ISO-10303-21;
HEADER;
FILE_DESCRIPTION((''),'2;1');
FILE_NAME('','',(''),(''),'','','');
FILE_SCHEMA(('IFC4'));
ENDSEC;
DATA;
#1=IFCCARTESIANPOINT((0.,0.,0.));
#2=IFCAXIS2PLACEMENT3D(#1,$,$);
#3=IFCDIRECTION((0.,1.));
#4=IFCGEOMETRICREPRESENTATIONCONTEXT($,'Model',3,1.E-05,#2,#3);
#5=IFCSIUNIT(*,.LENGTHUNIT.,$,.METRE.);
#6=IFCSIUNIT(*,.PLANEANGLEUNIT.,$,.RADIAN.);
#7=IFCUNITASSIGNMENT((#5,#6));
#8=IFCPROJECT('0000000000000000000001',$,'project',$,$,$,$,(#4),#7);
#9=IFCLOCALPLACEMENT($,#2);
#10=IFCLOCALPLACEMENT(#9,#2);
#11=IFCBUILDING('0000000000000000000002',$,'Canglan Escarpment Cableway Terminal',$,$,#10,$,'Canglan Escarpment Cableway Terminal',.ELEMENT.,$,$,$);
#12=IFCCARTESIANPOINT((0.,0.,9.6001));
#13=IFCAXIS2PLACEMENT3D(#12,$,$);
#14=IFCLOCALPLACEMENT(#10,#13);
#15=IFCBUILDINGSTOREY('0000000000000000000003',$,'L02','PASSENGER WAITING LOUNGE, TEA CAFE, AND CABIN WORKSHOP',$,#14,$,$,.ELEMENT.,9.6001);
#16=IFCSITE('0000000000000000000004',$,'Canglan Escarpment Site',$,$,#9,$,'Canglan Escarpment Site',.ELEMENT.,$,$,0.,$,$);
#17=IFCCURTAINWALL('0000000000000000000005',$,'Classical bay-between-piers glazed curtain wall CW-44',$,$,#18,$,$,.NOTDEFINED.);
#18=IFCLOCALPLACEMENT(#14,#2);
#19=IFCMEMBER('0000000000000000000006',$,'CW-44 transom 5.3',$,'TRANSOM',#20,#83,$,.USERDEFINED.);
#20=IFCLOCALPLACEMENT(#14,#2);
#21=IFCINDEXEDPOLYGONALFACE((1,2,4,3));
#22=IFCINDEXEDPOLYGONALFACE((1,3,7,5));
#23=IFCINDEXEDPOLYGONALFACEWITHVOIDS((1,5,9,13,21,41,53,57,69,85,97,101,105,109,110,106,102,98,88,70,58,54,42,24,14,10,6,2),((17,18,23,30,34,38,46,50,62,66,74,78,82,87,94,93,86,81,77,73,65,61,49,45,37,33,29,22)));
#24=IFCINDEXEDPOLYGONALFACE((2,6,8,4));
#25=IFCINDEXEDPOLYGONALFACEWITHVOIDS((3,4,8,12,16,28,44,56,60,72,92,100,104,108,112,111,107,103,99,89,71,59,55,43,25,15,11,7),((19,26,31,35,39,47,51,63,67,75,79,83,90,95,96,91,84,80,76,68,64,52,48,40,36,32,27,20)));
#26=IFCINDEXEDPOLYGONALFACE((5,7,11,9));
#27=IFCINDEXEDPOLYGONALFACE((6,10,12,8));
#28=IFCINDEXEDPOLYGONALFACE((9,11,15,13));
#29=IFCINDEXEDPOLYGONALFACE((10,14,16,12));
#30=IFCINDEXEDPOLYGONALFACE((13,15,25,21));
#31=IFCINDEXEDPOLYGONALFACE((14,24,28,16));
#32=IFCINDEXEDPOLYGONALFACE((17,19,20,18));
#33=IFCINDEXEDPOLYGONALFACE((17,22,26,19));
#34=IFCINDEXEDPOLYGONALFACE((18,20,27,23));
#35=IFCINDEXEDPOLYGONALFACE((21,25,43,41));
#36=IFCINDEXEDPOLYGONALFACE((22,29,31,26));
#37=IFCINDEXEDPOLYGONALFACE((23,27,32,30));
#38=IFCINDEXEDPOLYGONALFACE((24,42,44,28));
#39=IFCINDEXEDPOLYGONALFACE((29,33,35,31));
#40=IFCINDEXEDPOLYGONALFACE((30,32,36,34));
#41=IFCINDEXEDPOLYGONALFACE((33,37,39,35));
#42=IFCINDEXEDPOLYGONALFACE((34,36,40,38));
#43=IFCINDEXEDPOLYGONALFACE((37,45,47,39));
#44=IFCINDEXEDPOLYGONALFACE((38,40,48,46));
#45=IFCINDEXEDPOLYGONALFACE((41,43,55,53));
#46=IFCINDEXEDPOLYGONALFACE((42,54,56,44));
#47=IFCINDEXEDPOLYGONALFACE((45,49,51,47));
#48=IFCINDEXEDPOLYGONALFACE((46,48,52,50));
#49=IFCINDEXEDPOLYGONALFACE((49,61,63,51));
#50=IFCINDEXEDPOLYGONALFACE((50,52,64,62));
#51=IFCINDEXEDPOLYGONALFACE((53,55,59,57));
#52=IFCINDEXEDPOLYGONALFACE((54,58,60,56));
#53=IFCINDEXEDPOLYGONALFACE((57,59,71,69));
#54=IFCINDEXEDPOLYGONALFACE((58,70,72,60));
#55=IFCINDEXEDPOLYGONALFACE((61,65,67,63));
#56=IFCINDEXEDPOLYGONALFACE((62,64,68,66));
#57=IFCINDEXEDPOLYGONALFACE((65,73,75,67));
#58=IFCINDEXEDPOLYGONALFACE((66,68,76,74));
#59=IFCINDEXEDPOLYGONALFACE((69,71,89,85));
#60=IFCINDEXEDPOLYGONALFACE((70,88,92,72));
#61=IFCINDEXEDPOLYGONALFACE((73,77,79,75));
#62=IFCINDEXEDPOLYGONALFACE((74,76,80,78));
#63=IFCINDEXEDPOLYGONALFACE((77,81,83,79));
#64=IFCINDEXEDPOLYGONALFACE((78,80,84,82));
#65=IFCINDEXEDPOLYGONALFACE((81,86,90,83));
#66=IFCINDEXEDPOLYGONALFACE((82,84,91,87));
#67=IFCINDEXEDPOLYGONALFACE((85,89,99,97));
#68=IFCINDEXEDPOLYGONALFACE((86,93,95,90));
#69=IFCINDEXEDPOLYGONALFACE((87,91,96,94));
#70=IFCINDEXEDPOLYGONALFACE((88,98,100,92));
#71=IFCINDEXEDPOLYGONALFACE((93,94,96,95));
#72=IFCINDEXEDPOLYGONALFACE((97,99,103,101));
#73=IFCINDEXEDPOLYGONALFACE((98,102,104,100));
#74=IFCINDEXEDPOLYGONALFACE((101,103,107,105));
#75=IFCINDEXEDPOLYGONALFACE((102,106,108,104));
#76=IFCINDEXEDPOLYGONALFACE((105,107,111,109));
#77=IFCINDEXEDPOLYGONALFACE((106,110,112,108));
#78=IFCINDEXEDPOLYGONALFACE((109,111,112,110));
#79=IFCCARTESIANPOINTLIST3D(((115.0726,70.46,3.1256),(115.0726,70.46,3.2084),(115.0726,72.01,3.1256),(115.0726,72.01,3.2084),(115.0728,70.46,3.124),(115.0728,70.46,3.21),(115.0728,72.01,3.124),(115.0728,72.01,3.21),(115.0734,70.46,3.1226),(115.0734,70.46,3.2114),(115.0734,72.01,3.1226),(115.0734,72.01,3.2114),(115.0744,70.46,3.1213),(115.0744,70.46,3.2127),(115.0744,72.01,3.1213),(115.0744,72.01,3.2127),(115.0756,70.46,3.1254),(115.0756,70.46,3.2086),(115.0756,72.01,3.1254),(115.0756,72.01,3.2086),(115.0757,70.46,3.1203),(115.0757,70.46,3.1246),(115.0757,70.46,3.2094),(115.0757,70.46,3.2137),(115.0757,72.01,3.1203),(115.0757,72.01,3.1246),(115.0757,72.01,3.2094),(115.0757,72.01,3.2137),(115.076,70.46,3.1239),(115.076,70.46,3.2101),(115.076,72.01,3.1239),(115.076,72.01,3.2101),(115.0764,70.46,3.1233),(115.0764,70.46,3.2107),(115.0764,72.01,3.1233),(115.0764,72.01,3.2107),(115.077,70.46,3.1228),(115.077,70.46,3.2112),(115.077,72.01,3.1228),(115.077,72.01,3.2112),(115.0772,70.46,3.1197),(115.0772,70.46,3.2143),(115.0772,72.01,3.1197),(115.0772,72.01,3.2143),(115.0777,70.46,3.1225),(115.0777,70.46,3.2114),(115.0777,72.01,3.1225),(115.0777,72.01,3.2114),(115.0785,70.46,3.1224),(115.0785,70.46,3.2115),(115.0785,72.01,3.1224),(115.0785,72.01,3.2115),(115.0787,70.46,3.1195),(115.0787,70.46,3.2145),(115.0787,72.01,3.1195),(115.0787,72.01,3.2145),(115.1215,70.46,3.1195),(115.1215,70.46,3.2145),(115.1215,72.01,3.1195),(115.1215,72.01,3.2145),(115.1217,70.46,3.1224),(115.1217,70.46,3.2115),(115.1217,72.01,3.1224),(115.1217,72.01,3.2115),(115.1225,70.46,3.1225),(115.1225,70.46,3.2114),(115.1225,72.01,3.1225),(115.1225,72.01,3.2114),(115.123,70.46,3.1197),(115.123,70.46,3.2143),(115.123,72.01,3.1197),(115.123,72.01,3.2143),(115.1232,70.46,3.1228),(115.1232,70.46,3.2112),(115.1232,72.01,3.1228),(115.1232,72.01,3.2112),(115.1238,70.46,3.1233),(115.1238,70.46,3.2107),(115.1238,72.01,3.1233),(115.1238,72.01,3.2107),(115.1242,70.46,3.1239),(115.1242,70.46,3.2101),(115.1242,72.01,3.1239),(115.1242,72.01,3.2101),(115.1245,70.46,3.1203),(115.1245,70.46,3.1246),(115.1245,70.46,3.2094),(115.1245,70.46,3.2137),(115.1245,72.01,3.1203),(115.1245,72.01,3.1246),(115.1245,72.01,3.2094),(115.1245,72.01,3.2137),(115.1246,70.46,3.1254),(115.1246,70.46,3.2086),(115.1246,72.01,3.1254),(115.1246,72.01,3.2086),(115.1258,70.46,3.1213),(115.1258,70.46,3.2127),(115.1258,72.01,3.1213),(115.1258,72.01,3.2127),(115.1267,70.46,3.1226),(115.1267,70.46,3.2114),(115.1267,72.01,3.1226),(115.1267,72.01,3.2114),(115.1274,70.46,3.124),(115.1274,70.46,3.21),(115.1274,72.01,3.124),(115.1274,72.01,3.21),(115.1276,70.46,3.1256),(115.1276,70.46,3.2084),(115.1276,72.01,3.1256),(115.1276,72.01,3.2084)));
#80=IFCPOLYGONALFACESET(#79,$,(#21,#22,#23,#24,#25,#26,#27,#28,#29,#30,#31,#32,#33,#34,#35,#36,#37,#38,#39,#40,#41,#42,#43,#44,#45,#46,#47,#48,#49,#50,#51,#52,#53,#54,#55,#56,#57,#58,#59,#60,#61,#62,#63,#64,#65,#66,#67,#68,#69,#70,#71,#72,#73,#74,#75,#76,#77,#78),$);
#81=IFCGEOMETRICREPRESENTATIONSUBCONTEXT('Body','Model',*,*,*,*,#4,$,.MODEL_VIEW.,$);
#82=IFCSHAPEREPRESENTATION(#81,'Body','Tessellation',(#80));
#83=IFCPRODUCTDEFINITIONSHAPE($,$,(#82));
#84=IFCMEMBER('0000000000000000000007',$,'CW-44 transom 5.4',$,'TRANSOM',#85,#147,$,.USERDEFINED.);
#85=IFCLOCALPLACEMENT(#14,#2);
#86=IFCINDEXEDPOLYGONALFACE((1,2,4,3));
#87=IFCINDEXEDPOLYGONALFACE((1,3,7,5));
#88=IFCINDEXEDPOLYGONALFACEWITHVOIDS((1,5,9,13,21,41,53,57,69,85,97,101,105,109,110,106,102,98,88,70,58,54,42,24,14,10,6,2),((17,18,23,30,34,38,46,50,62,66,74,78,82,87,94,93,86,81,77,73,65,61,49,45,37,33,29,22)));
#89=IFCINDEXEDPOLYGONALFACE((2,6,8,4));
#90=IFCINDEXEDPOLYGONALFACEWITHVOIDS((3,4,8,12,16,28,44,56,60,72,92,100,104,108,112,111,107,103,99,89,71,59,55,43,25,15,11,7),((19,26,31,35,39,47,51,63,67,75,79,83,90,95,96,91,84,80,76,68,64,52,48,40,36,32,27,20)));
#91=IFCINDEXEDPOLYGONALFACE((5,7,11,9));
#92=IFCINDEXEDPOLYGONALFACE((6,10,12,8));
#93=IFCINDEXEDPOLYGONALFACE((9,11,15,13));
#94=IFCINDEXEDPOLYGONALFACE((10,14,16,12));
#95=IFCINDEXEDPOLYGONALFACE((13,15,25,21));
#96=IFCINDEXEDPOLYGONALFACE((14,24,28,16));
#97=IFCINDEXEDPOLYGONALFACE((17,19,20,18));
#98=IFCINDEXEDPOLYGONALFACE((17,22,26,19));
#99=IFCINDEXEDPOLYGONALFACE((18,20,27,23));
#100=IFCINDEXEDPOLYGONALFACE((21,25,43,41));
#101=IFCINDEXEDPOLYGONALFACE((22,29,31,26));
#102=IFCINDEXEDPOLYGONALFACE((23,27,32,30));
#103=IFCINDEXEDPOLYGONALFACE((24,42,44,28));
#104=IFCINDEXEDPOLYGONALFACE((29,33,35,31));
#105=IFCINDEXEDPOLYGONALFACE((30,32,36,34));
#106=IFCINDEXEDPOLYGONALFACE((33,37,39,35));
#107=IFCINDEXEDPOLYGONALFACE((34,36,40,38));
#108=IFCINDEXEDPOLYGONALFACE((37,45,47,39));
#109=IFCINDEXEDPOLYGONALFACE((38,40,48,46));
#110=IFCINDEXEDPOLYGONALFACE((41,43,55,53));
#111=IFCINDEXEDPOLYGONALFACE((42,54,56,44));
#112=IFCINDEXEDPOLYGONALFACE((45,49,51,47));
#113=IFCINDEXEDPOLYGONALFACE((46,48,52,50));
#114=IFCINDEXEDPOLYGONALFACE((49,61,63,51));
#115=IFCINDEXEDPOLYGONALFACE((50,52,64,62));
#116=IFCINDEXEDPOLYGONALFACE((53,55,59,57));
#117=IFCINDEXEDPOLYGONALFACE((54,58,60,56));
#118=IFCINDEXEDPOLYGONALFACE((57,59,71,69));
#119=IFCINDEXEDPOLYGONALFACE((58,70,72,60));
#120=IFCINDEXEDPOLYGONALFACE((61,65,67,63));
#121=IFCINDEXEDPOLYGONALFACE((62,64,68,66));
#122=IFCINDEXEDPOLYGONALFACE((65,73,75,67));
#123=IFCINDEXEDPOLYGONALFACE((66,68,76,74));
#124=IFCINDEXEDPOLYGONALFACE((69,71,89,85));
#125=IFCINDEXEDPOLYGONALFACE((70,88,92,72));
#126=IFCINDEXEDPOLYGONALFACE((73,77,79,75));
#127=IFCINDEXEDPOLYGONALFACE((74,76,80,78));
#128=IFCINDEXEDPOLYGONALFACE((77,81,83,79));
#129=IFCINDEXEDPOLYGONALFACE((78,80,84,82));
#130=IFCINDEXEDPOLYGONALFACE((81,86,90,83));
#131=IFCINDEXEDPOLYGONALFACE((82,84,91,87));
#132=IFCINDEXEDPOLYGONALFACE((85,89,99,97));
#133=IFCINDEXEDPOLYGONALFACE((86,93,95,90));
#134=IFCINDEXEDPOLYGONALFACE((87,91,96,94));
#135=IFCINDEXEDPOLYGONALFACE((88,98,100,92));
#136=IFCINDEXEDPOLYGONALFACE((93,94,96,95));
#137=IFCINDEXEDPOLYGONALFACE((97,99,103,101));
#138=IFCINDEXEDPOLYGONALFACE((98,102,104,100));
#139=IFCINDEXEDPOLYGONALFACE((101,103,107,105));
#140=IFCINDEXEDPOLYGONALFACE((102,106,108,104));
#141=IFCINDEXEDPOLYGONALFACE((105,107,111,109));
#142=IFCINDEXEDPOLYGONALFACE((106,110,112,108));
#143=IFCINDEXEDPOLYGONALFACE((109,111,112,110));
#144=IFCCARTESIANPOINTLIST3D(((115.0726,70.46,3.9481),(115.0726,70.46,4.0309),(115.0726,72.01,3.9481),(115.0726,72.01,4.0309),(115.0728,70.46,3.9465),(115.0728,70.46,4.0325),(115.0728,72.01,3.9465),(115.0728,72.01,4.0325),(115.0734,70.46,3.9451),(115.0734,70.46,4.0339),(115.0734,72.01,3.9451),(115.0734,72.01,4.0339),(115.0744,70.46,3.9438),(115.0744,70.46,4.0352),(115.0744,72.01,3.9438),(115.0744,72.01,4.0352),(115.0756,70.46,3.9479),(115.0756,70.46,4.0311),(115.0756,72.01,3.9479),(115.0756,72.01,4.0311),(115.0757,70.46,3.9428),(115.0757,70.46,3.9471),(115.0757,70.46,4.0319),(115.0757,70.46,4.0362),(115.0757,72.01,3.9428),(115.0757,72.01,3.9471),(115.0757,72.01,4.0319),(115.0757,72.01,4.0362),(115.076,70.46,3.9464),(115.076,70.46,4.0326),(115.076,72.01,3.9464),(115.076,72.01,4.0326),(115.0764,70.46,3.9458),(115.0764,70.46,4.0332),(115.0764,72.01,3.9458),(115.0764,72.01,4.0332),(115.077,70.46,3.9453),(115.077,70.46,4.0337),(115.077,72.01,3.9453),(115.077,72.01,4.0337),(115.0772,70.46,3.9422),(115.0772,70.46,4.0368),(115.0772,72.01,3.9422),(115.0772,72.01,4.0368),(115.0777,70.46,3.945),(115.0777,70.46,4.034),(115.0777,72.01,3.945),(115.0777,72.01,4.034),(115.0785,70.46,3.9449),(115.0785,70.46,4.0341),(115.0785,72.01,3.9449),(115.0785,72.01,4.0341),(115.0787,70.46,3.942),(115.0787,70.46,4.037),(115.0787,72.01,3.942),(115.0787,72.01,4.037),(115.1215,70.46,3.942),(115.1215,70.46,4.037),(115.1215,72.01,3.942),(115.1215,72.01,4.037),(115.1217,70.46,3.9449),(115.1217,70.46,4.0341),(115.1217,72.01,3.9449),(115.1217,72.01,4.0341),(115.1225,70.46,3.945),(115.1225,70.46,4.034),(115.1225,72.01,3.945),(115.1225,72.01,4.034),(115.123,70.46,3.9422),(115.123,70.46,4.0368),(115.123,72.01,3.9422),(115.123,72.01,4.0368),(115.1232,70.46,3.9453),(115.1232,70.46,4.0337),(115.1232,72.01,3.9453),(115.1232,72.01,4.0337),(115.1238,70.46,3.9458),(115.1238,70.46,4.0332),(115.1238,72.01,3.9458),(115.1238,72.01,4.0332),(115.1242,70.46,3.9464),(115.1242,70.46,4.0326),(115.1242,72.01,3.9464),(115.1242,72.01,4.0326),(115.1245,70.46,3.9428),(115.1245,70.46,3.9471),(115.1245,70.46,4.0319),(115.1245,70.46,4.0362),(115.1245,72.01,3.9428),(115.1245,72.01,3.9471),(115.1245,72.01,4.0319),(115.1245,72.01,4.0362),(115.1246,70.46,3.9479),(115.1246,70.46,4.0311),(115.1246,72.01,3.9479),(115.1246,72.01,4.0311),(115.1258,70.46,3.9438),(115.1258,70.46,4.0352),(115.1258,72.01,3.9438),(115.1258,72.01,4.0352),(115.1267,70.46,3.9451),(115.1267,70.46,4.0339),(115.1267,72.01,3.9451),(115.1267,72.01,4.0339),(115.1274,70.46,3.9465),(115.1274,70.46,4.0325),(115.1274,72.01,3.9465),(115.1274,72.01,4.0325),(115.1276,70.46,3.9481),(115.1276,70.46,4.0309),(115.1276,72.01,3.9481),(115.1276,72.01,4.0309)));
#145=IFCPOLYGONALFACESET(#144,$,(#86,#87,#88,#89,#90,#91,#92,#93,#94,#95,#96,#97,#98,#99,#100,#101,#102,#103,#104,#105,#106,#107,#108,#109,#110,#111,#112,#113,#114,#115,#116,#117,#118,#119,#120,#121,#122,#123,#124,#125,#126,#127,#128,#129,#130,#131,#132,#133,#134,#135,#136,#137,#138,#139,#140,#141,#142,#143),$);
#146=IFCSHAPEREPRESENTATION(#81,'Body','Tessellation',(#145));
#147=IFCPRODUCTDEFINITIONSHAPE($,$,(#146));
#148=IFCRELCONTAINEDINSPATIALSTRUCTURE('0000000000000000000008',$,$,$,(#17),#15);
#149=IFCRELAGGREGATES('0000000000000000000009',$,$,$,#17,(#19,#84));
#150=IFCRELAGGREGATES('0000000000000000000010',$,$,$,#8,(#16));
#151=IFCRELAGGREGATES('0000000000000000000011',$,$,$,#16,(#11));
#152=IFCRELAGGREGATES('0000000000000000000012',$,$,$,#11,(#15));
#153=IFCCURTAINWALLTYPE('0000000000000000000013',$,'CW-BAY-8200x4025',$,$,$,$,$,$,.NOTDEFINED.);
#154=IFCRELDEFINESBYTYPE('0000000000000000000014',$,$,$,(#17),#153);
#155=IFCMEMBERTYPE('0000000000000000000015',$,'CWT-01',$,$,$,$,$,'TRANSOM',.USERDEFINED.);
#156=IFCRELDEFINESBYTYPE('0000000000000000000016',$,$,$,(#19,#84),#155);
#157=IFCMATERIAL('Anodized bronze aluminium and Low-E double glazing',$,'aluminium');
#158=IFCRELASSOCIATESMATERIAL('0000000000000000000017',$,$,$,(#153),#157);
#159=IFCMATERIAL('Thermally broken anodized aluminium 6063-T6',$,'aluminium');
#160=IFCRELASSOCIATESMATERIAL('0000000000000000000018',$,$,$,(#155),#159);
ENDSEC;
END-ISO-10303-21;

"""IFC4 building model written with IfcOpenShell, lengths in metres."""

from ifc_helpers import new_model, si_unit, direction, frame, origin, origin_2d, place, context, subcontext, project, spatial, hollow_rectangle, extrude, material, material_profile, profile_set, type_object, element, aggregate, save


model = new_model("IFC4")

# Units and contexts
model_context = context("Model", 3, precision=1e-05, world=origin(), true_north=direction((0.0, 1.0)))
body_context = subcontext(model_context, "Body", "Model", "MODEL_VIEW")
ifc_project = project(units=[si_unit("LENGTHUNIT", "METRE"), si_unit("PLANEANGLEUNIT", "RADIAN")], contexts=[model_context])

# Site, building, storey
site_placement = place(None, origin())
site = spatial("IfcSite", under=ifc_project, at=site_placement, Name="Canglan Escarpment Site", LongName="Canglan Escarpment Site", CompositionType="ELEMENT", RefElevation=0.0)
building_placement = place(site_placement, origin())
building = spatial("IfcBuilding", under=site, at=building_placement, Name="Canglan Escarpment Cableway Terminal", LongName="Canglan Escarpment Cableway Terminal", CompositionType="ELEMENT")
storey_placement = place(building_placement, frame((0.0, 0.0, 9.6001)))
storey = spatial("IfcBuildingStorey", under=building, at=storey_placement, Name="L02", Description="PASSENGER WAITING LOUNGE, TEA CAFE, AND CABIN WORKSHOP", CompositionType="ELEMENT", Elevation=9.6001)

# Curtain wall
ifc_material_1 = material(Name="Anodized bronze aluminium and Low-E double glazing", Category="aluminium")
curtain_wall_type = type_object("IfcCurtainWallType", Name="CW-BAY-8200x4025", PredefinedType="NOTDEFINED", material=ifc_material_1)
curtain_wall_1_placement = place(storey_placement, origin())
curtain_wall_1 = element("IfcCurtainWall", 1, at=curtain_wall_1_placement, inside=storey, type_object=curtain_wall_type, Name="Classical bay-between-piers glazed curtain wall CW-44", PredefinedType="NOTDEFINED")
ifc_material_2 = material(Name="Thermally broken anodized aluminium 6063-T6", Category="aluminium")

# Members
ifc_material_profile_1 = material_profile(ifc_material_2, hollow_rectangle(XDim=0.0549, YDim=0.095, WallThickness=0.0029, InnerFilletRadius=0.0029, OuterFilletRadius=0.0061, at=origin_2d()), Name="ALU-TRAN 55x95x3")
ifc_profile_set_1 = profile_set([ifc_material_profile_1], Name="Thermally broken anodized aluminium 6063-T6")
member_type_1 = type_object("IfcMemberType", Name="CWT-01", ElementType="TRANSOM", PredefinedType="USERDEFINED", material=ifc_profile_set_1)
member_1_placement = place(storey_placement, frame((115.1001, 72.01, 3.167), z_axis=(0.0, -1.0, 0.0), x_axis=(1.0, 0.0, 0.0)))
member_1 = element("IfcMember", 2, at=member_1_placement, type_object=member_type_1, Name="CW-44 transom 5.3", ObjectType="TRANSOM", PredefinedType="USERDEFINED", context=body_context, shape_type="SweptSolid", body=[
    extrude(hollow_rectangle(XDim=0.0549, YDim=0.095, WallThickness=0.0029, InnerFilletRadius=0.0029, OuterFilletRadius=0.0061, at=origin_2d()), origin(), (0.0, 0.0, 1.0), 1.55),
])
member_2_placement = place(storey_placement, frame((115.1001, 72.01, 3.9895), z_axis=(0.0, -1.0, 0.0), x_axis=(1.0, 0.0, 0.0)))
member_2 = element("IfcMember", 3, at=member_2_placement, type_object=member_type_1, Name="CW-44 transom 5.4", ObjectType="TRANSOM", PredefinedType="USERDEFINED", context=body_context, shape_type="SweptSolid", body=[
    extrude(hollow_rectangle(XDim=0.0549, YDim=0.095, WallThickness=0.0029, InnerFilletRadius=0.0029, OuterFilletRadius=0.0061, at=origin_2d()), origin(), (0.0, 0.0, 1.0), 1.55),
])

aggregate(curtain_wall_1, [member_1, member_2])

save(model, "model.ifc")
